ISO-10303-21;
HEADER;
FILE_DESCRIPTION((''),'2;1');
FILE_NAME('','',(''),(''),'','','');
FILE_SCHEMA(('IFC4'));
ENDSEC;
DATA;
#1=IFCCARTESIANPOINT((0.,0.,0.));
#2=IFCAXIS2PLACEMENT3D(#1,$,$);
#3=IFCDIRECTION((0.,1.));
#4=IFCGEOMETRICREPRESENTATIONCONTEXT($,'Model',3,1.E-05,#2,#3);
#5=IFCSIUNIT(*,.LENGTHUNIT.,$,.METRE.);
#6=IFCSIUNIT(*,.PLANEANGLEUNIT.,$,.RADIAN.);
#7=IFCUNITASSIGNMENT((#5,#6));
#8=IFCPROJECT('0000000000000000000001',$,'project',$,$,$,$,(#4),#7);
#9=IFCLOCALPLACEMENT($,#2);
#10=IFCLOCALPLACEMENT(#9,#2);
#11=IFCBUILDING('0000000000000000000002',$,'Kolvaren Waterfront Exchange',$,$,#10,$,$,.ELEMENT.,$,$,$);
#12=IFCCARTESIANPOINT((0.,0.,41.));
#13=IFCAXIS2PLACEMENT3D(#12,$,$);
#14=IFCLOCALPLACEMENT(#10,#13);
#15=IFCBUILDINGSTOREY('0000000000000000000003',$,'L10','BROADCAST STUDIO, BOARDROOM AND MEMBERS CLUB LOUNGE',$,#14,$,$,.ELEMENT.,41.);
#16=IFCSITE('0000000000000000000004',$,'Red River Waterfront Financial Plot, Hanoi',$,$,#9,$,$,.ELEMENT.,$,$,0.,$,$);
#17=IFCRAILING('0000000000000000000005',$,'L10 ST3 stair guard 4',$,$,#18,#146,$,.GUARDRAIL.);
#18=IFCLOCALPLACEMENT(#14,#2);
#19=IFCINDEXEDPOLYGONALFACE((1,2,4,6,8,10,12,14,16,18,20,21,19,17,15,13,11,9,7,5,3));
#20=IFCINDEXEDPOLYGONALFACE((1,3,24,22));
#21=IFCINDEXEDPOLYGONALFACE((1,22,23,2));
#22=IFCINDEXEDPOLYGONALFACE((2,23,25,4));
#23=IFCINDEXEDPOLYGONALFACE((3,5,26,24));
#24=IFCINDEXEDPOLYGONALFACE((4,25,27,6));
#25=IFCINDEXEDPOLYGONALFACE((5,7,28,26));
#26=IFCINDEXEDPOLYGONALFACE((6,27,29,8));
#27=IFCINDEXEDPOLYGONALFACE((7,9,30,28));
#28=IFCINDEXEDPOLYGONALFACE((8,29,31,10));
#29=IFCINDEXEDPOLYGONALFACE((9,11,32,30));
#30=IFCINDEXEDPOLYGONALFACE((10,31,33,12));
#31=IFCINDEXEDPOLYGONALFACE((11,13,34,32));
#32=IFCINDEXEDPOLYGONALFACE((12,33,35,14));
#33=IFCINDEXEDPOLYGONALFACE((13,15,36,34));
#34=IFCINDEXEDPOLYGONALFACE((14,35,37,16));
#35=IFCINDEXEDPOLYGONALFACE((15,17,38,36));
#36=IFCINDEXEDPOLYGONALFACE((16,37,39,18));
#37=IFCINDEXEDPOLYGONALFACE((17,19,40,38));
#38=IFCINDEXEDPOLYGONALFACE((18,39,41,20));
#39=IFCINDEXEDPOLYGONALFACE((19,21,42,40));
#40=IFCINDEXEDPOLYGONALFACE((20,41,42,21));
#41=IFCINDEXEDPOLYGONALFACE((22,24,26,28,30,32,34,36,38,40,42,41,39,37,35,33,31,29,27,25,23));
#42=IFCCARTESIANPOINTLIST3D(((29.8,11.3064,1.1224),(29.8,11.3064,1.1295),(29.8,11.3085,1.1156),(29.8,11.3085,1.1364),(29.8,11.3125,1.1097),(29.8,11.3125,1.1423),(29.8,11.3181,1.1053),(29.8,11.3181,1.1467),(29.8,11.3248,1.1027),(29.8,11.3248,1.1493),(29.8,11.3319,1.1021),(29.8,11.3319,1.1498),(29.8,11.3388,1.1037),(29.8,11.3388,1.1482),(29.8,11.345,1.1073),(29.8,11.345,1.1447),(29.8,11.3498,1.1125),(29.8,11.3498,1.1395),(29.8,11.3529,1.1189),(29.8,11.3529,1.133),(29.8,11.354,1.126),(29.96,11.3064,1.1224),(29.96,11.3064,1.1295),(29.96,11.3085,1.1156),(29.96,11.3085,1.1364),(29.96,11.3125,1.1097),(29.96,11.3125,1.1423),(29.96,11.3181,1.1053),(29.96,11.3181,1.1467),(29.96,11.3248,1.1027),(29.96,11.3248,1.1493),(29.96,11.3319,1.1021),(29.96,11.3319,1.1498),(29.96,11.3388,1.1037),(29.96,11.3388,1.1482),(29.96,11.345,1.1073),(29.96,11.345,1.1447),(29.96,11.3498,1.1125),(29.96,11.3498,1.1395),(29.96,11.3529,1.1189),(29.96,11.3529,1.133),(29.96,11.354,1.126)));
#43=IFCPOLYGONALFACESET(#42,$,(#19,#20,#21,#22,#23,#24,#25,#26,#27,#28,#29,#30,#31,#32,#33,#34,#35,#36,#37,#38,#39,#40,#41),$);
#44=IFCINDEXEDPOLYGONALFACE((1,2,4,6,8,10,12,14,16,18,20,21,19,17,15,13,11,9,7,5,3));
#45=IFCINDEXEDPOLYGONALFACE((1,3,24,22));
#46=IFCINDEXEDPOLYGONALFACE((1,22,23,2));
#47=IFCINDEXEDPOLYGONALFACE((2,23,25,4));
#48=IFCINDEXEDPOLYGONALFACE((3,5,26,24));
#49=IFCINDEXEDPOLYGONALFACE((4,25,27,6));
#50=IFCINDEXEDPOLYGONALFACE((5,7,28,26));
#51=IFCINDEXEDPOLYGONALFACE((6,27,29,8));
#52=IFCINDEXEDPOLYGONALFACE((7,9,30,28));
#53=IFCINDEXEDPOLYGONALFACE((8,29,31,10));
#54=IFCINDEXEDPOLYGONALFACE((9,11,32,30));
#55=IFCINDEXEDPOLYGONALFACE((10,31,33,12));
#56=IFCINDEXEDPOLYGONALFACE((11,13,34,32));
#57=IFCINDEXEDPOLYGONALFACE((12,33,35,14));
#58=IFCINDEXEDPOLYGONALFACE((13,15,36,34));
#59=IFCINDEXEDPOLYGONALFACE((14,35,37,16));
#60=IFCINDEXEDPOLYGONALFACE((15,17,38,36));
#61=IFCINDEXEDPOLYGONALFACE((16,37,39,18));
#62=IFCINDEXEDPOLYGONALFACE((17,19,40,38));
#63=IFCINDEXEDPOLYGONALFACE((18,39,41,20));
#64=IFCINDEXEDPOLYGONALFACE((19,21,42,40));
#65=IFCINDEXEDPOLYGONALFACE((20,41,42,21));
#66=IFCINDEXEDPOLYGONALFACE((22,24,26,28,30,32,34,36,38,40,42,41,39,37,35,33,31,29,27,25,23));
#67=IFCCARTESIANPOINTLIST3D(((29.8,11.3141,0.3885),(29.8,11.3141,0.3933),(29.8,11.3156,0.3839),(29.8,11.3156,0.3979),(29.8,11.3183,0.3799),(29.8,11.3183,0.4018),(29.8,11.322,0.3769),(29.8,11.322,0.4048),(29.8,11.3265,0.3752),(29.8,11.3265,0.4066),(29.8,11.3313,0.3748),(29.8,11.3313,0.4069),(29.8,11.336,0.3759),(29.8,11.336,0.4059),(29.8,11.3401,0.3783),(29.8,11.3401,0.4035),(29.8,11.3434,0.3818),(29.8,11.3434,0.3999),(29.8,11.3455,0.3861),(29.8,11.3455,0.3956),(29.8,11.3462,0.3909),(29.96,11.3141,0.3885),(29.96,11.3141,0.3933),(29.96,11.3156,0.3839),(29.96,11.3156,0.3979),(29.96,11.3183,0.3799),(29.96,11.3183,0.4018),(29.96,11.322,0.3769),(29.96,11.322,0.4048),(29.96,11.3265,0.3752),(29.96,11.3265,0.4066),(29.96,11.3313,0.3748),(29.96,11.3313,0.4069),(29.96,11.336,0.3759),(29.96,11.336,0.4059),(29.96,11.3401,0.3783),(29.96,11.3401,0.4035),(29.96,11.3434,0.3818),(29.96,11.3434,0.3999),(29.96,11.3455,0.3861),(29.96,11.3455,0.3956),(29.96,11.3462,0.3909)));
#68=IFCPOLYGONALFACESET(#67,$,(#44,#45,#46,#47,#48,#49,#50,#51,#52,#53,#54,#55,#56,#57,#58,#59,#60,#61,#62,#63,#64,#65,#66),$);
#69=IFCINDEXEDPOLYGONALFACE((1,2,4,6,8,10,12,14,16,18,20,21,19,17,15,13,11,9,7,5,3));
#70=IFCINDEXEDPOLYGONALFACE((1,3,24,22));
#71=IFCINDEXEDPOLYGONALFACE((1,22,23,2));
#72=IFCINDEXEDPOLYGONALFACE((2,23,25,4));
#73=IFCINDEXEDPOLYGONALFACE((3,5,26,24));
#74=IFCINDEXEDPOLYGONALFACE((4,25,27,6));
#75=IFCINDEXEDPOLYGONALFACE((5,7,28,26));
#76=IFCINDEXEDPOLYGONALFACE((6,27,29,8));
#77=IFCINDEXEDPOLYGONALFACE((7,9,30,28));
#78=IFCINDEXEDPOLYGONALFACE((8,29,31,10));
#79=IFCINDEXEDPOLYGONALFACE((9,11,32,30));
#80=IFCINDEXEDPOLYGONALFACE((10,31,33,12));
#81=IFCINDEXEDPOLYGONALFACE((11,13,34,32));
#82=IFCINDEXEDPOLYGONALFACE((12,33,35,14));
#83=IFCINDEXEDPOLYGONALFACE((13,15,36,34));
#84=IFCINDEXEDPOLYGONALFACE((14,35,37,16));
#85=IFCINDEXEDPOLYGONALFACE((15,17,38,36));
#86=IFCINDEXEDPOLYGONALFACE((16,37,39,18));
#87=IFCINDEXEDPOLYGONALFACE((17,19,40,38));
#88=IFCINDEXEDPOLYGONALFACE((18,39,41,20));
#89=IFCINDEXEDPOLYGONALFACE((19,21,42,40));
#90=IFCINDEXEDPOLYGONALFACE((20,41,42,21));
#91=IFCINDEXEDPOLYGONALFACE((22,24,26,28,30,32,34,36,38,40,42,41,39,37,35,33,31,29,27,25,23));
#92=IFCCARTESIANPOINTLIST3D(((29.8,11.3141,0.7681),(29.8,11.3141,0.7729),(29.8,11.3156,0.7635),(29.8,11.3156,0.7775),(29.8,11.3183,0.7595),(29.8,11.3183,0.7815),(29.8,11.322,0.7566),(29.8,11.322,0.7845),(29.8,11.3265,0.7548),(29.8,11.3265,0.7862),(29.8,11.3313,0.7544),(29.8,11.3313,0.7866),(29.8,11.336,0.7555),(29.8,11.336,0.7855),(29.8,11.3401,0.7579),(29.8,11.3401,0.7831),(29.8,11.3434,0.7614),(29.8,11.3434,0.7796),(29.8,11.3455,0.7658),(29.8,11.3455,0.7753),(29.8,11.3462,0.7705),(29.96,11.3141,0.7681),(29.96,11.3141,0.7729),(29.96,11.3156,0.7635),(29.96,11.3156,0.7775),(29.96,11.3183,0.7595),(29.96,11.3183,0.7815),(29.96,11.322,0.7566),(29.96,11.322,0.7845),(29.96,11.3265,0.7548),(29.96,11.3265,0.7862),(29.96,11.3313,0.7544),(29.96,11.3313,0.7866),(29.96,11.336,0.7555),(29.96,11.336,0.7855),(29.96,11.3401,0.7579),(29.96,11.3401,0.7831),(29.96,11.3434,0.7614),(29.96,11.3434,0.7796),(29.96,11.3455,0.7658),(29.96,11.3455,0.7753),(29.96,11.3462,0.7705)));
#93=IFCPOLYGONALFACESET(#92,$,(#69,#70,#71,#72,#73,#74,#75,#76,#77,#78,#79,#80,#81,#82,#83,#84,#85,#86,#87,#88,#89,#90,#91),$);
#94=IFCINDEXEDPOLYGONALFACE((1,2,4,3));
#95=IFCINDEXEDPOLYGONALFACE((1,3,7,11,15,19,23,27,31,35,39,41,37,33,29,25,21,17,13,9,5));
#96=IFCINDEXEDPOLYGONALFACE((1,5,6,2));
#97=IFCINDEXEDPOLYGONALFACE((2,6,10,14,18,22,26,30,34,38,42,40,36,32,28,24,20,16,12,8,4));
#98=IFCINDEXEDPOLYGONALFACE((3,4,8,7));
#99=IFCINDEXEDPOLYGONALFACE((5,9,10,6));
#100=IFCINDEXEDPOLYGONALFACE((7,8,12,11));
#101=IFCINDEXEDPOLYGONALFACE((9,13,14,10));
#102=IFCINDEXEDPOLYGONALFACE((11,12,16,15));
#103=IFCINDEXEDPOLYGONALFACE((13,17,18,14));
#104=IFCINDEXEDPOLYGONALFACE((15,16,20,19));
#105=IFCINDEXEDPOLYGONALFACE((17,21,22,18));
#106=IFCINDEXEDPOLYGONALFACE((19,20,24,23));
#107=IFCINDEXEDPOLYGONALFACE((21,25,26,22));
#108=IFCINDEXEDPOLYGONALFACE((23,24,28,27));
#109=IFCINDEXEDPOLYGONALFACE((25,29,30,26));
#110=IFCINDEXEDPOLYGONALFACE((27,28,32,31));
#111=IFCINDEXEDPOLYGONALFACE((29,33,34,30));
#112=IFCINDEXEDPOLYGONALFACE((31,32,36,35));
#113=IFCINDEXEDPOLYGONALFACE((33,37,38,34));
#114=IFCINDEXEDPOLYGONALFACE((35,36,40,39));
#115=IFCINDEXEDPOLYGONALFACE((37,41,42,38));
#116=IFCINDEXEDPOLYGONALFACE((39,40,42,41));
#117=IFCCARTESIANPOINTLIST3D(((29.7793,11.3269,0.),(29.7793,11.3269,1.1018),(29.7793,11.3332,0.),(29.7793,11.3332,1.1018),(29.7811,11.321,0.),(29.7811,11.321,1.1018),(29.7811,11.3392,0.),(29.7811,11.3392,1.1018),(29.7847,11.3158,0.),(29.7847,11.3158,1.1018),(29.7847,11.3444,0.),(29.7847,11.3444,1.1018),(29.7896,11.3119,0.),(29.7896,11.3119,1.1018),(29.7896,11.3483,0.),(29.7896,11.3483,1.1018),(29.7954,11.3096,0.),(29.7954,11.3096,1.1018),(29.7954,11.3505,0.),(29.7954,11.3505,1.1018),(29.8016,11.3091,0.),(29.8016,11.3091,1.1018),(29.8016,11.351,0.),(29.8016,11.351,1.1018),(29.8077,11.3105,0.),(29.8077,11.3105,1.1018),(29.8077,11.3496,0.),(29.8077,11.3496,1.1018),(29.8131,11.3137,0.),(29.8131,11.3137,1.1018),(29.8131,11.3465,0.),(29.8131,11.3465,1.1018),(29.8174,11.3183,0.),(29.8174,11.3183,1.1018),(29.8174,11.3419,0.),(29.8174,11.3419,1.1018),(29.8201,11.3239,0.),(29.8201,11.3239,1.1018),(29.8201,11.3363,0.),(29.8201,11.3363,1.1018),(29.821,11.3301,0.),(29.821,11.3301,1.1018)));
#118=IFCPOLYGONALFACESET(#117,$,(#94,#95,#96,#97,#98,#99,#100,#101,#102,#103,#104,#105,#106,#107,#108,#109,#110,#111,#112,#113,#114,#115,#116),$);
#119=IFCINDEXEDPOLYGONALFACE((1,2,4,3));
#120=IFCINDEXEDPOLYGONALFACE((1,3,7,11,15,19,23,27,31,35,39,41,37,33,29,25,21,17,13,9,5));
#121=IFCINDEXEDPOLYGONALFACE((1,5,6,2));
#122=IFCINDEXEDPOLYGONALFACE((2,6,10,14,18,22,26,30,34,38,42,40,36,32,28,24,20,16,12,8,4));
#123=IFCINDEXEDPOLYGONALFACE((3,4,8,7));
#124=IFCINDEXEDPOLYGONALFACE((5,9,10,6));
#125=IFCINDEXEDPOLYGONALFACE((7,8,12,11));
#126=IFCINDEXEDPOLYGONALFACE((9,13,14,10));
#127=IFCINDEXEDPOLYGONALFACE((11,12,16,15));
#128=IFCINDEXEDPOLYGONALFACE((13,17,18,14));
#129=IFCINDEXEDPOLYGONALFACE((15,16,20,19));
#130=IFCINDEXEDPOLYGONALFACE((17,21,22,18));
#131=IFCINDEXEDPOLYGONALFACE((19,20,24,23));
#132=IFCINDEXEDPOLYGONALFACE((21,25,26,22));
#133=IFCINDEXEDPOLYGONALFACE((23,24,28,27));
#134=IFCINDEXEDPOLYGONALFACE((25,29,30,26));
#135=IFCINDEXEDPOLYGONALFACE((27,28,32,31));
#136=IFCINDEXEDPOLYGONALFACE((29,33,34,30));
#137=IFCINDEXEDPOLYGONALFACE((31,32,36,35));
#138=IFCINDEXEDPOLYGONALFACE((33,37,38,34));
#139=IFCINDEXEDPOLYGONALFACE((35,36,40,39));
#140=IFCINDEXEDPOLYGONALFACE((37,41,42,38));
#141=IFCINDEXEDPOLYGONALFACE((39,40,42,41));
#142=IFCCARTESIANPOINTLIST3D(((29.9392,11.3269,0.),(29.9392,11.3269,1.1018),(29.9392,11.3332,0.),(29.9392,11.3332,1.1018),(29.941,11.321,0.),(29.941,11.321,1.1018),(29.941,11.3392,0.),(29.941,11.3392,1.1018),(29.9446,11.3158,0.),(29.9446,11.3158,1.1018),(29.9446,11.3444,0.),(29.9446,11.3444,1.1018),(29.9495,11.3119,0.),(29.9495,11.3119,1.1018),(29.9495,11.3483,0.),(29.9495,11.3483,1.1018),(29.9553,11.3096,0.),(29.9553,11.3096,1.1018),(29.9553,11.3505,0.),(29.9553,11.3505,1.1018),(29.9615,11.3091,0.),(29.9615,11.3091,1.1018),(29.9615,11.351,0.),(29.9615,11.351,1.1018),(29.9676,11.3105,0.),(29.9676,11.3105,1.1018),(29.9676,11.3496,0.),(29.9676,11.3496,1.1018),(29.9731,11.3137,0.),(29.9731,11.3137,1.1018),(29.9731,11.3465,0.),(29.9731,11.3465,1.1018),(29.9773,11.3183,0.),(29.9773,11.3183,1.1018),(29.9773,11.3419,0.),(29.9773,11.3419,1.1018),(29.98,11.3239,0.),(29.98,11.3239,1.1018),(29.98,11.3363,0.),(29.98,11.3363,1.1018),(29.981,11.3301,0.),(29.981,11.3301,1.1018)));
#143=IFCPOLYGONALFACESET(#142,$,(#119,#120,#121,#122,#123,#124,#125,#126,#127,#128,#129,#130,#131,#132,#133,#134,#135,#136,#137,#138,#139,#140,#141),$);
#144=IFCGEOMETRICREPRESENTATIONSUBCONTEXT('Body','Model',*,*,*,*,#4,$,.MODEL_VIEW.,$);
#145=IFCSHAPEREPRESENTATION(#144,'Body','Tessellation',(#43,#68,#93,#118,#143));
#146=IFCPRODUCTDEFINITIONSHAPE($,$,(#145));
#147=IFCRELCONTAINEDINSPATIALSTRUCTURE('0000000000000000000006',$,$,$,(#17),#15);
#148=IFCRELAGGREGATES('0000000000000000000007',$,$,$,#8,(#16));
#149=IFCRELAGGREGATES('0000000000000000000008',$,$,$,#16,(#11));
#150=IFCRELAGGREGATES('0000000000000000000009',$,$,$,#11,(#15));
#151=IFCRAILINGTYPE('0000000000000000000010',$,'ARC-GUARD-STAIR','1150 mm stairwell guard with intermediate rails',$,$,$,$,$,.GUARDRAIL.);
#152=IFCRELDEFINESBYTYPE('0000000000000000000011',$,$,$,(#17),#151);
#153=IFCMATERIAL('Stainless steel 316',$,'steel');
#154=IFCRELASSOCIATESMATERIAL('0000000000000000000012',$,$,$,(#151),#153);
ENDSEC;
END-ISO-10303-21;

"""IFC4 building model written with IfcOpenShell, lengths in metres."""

from ifc_helpers import new_model, si_unit, direction, frame, origin, origin_2d, place, context, subcontext, project, spatial, circle, extrude, material, type_object, element, save


model = new_model("IFC4")

# Units and contexts
model_context = context("Model", 3, precision=1e-05, world=origin(), true_north=direction((0.0, 1.0)))
body_context = subcontext(model_context, "Body", "Model", "MODEL_VIEW")
ifc_project = project(units=[si_unit("LENGTHUNIT", "METRE"), si_unit("PLANEANGLEUNIT", "RADIAN")], contexts=[model_context])

# Site, building, storey
site_placement = place(None, origin())
site = spatial("IfcSite", under=ifc_project, at=site_placement, Name="Red River Waterfront Financial Plot, Hanoi", CompositionType="ELEMENT", RefElevation=0.0)
building_placement = place(site_placement, origin())
building = spatial("IfcBuilding", under=site, at=building_placement, Name="Kolvaren Waterfront Exchange", CompositionType="ELEMENT")
storey_placement = place(building_placement, frame((0.0, 0.0, 41.0)))
storey = spatial("IfcBuildingStorey", under=building, at=storey_placement, Name="L10", Description="BROADCAST STUDIO, BOARDROOM AND MEMBERS CLUB LOUNGE", CompositionType="ELEMENT", Elevation=41.0)

# Railing
ifc_material_1 = material(Name="Stainless steel 316", Category="steel")
railing_type = type_object("IfcRailingType", Name="ARC-GUARD-STAIR", Description="1150 mm stairwell guard with intermediate rails", PredefinedType="GUARDRAIL", material=ifc_material_1)
railing_1_placement = place(storey_placement, frame((29.8, 11.3301, 0.0)))
element("IfcRailing", 1, at=railing_1_placement, inside=storey, type_object=railing_type, Name="L10 ST3 stair guard 4", PredefinedType="GUARDRAIL", context=body_context, shape_type="SweptSolid", body=[
    extrude(circle(Radius=0.0239, at=origin_2d()), frame((0.0, 0.0, 1.126), z_axis=(1.0, 0.0, 0.0), x_axis=(0.0, 1.0, 0.0)), (0.0, 0.0, 1.0), 0.1599),
    extrude(circle(Radius=0.0161, at=origin_2d()), frame((0.0, 0.0, 0.3909), z_axis=(1.0, 0.0, 0.0), x_axis=(0.0, 1.0, 0.0)), (0.0, 0.0, 1.0), 0.1599),
    extrude(circle(Radius=0.0161, at=origin_2d()), frame((0.0, 0.0, 0.7705), z_axis=(1.0, 0.0, 0.0), x_axis=(0.0, 1.0, 0.0)), (0.0, 0.0, 1.0), 0.1599),
    extrude(circle(Radius=0.021, at=origin_2d()), origin(), (0.0, 0.0, 1.0), 1.1018),
    extrude(circle(Radius=0.021, at=origin_2d()), frame((0.1599, 0.0, 0.0)), (0.0, 0.0, 1.0), 1.1018),
])

save(model, "model.ifc")
